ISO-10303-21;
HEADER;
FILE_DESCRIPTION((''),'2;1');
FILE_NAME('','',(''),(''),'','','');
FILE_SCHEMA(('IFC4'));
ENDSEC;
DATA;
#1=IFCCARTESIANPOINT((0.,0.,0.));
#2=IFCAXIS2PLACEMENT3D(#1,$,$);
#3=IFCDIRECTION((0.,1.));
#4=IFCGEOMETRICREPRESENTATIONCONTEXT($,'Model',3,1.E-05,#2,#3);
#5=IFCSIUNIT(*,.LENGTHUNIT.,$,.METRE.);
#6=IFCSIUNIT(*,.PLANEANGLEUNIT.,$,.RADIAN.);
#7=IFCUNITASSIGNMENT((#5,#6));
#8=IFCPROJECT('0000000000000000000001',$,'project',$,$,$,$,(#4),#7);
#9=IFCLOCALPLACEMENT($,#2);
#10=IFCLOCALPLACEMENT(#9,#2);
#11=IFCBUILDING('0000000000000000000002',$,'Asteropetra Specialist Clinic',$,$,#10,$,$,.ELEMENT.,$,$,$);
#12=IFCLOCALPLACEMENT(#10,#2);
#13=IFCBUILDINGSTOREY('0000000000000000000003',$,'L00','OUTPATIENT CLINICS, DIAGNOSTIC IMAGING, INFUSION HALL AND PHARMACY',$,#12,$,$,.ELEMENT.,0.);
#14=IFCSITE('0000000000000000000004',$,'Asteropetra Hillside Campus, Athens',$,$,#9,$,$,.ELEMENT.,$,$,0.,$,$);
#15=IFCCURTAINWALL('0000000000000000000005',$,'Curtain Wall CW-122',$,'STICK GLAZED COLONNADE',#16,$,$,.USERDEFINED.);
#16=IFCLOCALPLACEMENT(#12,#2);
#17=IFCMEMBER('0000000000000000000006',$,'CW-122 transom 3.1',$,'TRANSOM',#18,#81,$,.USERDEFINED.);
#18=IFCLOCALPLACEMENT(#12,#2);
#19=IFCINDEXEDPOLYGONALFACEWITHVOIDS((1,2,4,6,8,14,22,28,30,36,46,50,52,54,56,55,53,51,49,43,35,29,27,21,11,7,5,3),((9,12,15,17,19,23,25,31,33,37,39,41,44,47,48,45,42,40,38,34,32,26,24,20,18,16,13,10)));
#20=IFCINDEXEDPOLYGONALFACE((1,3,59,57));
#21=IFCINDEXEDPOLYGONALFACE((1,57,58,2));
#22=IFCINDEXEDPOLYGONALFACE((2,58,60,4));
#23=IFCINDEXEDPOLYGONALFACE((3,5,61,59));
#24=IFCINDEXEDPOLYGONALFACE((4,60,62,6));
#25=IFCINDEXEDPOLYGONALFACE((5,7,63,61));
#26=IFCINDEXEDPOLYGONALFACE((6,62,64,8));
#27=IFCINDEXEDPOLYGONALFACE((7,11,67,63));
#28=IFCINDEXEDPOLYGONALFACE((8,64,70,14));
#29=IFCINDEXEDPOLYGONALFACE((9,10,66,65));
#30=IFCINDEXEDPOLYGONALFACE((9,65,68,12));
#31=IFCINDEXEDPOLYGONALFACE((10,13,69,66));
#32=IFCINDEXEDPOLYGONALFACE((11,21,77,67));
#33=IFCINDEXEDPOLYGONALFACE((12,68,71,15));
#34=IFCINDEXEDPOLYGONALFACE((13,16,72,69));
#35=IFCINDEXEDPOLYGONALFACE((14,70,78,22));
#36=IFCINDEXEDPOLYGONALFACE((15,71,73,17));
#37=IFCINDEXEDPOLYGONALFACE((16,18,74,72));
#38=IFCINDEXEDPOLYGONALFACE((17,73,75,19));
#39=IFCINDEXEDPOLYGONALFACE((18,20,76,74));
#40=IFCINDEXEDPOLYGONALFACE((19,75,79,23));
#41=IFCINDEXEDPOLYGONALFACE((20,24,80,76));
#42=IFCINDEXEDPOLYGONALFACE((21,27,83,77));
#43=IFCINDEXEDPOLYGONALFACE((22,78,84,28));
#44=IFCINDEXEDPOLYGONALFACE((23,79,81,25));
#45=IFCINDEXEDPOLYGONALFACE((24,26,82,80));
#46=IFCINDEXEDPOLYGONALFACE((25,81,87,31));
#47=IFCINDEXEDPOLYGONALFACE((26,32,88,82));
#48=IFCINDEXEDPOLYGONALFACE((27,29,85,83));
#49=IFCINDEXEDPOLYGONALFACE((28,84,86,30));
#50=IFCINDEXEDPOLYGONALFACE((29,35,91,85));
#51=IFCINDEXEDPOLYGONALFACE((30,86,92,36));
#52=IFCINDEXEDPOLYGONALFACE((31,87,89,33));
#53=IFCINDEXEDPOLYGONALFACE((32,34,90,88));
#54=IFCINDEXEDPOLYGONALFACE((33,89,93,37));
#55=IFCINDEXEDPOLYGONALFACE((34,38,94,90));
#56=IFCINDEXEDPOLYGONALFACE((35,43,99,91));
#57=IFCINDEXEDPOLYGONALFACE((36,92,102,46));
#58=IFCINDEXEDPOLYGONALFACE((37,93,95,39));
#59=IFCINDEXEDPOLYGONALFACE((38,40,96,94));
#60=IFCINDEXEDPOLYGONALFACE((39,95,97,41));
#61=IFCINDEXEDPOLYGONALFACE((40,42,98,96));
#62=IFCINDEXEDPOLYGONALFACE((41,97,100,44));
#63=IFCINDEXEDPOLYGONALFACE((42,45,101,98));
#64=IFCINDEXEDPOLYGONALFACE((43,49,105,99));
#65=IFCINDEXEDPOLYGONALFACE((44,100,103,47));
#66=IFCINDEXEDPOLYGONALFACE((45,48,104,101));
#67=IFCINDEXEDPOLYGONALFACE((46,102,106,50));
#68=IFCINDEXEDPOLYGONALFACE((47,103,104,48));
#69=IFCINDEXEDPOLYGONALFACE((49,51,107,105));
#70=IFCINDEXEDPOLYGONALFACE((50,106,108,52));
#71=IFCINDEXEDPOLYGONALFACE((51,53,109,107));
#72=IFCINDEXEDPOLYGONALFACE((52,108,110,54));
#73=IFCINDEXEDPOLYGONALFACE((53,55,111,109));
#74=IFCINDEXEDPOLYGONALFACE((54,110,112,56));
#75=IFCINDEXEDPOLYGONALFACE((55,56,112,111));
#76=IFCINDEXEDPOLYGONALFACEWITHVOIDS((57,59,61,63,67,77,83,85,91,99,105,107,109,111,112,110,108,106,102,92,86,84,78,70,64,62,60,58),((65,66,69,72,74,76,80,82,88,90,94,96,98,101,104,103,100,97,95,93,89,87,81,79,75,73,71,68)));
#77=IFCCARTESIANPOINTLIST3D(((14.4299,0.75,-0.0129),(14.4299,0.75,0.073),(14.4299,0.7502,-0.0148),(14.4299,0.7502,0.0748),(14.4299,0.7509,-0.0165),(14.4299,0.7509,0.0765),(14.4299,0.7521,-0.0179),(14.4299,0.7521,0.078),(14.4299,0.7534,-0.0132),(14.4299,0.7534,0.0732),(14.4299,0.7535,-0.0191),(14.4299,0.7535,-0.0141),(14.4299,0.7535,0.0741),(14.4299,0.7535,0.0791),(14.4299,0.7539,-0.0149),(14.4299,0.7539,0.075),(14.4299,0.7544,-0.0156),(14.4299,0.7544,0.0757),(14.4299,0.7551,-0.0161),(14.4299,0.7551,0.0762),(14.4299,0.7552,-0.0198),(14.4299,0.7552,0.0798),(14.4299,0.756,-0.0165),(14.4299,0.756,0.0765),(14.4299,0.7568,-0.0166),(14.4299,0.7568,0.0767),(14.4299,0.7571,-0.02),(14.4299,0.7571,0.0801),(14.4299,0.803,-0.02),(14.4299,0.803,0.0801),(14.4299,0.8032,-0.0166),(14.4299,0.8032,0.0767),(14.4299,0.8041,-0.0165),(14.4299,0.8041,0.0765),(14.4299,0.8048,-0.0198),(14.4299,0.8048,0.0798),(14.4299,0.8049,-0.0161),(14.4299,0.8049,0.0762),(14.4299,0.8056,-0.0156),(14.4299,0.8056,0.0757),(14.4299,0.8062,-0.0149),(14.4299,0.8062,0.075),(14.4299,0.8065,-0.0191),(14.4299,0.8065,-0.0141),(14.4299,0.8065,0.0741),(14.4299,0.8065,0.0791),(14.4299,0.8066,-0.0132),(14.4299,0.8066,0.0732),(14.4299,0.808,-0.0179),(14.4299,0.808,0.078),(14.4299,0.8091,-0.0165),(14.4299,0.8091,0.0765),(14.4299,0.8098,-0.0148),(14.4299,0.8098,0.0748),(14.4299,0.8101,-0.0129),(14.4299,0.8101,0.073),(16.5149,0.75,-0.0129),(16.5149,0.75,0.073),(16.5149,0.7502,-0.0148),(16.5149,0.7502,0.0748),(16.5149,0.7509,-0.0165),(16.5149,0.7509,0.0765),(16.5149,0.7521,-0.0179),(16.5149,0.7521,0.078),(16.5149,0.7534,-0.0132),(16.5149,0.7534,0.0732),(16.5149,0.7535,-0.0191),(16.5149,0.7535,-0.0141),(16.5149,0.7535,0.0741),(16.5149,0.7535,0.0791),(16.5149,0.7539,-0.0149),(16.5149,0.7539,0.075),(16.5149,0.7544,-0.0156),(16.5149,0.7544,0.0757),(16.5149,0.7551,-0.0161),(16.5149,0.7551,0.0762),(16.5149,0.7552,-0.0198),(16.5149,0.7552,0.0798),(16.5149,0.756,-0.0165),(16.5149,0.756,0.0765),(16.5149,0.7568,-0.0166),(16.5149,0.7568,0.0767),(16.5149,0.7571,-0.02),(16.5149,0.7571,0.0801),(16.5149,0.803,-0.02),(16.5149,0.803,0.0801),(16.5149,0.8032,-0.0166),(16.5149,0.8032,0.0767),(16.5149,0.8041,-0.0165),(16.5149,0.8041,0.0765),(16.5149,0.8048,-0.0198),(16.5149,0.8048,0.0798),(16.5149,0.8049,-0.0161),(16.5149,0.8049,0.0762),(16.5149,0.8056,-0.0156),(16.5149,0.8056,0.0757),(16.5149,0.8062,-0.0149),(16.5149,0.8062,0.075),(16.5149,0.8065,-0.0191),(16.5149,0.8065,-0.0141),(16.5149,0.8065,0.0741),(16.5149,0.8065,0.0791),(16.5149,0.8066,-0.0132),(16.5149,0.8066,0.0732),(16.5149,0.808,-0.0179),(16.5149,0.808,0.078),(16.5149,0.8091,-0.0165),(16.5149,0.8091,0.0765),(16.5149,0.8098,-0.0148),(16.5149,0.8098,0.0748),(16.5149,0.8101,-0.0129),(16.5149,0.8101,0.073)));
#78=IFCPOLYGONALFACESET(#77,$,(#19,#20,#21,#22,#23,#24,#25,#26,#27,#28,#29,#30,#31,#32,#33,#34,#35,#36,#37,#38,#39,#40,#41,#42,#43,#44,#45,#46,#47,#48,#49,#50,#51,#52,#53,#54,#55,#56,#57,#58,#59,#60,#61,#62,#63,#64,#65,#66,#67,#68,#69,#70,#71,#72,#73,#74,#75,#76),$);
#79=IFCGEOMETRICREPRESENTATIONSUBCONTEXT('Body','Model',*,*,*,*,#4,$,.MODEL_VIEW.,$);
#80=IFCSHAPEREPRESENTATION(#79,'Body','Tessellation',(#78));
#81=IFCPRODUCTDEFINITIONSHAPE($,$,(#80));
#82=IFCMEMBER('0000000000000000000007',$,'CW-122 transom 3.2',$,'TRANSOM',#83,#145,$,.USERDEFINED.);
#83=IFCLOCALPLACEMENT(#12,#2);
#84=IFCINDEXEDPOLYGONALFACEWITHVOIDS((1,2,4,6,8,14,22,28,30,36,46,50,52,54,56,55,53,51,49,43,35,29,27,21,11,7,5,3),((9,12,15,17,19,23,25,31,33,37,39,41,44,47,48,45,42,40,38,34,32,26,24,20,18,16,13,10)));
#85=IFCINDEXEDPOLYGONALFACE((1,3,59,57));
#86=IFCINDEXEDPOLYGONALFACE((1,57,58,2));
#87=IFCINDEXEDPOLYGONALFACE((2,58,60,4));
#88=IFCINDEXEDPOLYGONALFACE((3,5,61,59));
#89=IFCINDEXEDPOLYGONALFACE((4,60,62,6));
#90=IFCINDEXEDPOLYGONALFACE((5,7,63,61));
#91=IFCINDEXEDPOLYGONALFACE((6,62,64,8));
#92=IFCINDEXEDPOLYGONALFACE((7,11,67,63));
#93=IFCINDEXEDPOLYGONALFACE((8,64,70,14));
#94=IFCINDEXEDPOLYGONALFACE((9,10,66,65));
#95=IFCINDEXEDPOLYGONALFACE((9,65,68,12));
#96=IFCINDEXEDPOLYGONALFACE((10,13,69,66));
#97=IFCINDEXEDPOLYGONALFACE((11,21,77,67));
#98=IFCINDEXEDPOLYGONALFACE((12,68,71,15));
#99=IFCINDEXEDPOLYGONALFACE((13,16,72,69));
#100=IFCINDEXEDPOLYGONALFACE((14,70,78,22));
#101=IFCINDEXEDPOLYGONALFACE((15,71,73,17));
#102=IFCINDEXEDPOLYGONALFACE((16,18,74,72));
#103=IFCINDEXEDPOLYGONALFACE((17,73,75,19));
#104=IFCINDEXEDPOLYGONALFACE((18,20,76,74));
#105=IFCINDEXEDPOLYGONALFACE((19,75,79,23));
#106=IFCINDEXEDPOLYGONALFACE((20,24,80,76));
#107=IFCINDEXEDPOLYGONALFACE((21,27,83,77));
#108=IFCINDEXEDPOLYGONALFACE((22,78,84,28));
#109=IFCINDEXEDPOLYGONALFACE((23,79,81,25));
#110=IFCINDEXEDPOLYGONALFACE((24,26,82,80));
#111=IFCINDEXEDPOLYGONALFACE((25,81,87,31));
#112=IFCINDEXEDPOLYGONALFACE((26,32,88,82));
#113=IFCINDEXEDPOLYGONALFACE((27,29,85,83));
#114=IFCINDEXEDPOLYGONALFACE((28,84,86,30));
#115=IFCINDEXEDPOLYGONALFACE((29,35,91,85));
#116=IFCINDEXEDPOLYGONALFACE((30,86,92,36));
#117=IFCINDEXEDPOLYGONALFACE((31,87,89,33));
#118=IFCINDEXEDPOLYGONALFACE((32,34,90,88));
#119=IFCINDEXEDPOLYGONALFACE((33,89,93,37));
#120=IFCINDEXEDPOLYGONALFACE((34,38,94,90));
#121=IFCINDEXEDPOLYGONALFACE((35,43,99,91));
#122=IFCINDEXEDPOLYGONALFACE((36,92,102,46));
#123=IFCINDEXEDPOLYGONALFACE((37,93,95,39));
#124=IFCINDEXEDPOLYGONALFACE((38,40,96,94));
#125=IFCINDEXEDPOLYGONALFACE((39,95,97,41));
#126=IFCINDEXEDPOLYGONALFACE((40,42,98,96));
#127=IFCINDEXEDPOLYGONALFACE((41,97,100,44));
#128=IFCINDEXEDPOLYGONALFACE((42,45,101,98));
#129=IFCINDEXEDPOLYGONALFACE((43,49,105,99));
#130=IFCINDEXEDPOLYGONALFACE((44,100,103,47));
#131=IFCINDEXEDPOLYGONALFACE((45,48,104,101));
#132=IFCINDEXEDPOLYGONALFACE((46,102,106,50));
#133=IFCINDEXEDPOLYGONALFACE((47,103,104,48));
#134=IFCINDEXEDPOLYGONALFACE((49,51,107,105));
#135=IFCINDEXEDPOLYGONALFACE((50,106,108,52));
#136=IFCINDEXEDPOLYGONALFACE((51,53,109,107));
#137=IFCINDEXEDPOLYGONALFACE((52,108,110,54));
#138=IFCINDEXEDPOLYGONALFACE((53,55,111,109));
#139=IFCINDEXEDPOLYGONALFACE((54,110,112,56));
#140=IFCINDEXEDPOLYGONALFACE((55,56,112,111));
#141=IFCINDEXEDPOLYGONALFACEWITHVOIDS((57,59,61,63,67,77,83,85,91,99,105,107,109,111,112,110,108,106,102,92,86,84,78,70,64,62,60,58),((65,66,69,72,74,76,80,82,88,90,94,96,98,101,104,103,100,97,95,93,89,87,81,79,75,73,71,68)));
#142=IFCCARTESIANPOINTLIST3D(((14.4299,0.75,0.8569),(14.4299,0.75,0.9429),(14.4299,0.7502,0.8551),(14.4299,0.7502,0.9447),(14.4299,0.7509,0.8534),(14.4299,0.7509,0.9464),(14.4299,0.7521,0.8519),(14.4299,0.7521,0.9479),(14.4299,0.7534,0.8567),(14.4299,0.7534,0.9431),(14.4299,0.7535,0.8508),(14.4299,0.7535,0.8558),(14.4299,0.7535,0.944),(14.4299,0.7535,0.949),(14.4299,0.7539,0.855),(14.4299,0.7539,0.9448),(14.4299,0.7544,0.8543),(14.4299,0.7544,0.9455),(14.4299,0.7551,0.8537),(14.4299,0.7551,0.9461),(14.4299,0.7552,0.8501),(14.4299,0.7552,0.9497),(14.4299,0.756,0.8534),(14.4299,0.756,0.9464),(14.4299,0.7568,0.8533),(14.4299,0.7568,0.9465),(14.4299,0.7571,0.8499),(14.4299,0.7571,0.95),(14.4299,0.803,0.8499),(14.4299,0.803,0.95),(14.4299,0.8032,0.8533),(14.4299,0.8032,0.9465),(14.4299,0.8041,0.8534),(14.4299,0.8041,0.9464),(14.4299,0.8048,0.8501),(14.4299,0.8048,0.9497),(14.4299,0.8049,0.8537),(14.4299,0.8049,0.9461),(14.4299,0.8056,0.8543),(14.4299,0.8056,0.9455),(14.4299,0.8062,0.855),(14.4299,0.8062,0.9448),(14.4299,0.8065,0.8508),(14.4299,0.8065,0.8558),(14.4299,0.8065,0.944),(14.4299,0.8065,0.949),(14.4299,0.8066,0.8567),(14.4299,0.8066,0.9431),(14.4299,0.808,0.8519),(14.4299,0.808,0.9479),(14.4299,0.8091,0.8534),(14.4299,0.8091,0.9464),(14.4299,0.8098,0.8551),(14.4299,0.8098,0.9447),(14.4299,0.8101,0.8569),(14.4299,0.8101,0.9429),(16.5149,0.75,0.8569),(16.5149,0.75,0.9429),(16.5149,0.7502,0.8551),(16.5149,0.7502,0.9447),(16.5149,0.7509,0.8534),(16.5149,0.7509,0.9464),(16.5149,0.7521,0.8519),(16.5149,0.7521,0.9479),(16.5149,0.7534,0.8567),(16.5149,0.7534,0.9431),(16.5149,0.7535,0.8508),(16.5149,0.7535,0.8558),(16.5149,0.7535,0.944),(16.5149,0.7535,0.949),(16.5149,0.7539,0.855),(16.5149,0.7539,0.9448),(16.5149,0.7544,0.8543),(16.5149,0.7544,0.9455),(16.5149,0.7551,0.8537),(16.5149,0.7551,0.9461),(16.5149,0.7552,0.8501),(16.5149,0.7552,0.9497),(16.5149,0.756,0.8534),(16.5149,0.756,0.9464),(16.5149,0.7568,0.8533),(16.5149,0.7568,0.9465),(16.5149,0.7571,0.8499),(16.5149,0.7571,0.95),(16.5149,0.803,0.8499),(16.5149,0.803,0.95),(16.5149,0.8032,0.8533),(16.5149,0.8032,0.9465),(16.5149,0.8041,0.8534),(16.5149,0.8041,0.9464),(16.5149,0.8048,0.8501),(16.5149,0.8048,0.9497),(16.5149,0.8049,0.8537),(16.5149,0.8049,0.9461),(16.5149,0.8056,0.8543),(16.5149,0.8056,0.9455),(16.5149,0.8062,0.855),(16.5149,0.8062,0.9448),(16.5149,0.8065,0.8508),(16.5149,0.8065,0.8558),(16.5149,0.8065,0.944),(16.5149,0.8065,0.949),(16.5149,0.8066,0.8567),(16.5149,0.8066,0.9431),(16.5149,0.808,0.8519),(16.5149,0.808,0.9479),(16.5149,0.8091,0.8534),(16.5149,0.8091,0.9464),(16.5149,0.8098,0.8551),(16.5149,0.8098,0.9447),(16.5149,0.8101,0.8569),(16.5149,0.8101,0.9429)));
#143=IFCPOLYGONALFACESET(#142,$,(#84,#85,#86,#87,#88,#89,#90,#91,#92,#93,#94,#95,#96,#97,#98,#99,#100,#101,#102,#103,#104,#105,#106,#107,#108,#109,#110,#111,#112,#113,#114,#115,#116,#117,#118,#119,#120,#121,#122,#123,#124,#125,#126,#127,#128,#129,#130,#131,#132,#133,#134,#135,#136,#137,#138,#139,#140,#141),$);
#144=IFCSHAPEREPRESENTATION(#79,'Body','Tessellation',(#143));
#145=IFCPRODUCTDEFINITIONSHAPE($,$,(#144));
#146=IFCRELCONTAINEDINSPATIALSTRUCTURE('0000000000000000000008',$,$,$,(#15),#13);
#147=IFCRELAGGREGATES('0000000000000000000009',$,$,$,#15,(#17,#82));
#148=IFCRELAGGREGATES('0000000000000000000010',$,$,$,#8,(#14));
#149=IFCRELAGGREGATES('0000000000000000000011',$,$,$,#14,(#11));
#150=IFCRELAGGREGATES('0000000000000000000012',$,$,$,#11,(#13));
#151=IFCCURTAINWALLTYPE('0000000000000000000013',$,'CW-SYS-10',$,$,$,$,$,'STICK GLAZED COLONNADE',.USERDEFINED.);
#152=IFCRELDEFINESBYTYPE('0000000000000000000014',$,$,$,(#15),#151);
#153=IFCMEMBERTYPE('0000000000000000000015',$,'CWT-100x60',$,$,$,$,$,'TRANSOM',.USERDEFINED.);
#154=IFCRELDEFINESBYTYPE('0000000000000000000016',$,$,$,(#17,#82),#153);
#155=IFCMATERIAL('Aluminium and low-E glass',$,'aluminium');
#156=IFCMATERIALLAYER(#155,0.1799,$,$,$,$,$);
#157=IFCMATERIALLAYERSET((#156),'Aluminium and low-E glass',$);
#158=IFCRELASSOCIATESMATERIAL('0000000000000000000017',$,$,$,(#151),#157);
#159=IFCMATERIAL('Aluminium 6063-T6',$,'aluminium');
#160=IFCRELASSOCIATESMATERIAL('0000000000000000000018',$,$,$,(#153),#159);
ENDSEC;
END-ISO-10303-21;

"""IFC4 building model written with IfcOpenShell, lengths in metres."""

from ifc_helpers import new_model, si_unit, direction, frame, origin, origin_2d, place, context, subcontext, project, spatial, hollow_rectangle, extrude, material, layer, layer_set, material_profile, profile_set, type_object, element, aggregate, save


model = new_model("IFC4")

# Units and contexts
model_context = context("Model", 3, precision=1e-05, world=origin(), true_north=direction((0.0, 1.0)))
body_context = subcontext(model_context, "Body", "Model", "MODEL_VIEW")
ifc_project = project(units=[si_unit("LENGTHUNIT", "METRE"), si_unit("PLANEANGLEUNIT", "RADIAN")], contexts=[model_context])

# Site, building, storey
site_placement = place(None, origin())
site = spatial("IfcSite", under=ifc_project, at=site_placement, Name="Asteropetra Hillside Campus, Athens", CompositionType="ELEMENT", RefElevation=0.0)
building_placement = place(site_placement, origin())
building = spatial("IfcBuilding", under=site, at=building_placement, Name="Asteropetra Specialist Clinic", CompositionType="ELEMENT")
storey_placement = place(building_placement, origin())
storey = spatial("IfcBuildingStorey", under=building, at=storey_placement, Name="L00", Description="OUTPATIENT CLINICS, DIAGNOSTIC IMAGING, INFUSION HALL AND PHARMACY", CompositionType="ELEMENT", Elevation=0.0)

# Curtain wall, members
ifc_material_1 = material(Name="Aluminium and low-E glass", Category="aluminium")
ifc_layer_1 = layer(ifc_material_1, 0.1799)
ifc_layer_set_1 = layer_set([ifc_layer_1], Name="Aluminium and low-E glass")
curtain_wall_type = type_object("IfcCurtainWallType", Name="CW-SYS-10", ElementType="STICK GLAZED COLONNADE", PredefinedType="USERDEFINED", material=ifc_layer_set_1)
curtain_wall_placement = place(storey_placement, origin())
curtain_wall = element("IfcCurtainWall", 1, at=curtain_wall_placement, inside=storey, type_object=curtain_wall_type, Name="Curtain Wall CW-122", ObjectType="STICK GLAZED COLONNADE", PredefinedType="USERDEFINED")
ifc_material_2 = material(Name="Aluminium 6063-T6", Category="aluminium")
ifc_material_profile_1 = material_profile(ifc_material_2, hollow_rectangle(XDim=0.0601, YDim=0.1001, WallThickness=0.0034, InnerFilletRadius=0.0034, OuterFilletRadius=0.0071, at=origin_2d()), Name="TRN 100x60x3.5")
ifc_profile_set_1 = profile_set([ifc_material_profile_1], Name="Aluminium 6063-T6")
member_type_1 = type_object("IfcMemberType", Name="CWT-100x60", ElementType="TRANSOM", PredefinedType="USERDEFINED", material=ifc_profile_set_1)
member_1_placement = place(storey_placement, frame((14.4299, 0.78, 0.03), z_axis=(1.0, 0.0, 0.0), x_axis=(0.0, 1.0, 0.0)))
member_1 = element("IfcMember", 2, at=member_1_placement, type_object=member_type_1, Name="CW-122 transom 3.1", ObjectType="TRANSOM", PredefinedType="USERDEFINED", context=body_context, shape_type="SweptSolid", body=[
    extrude(hollow_rectangle(XDim=0.0601, YDim=0.1001, WallThickness=0.0034, InnerFilletRadius=0.0034, OuterFilletRadius=0.0071, at=origin_2d()), origin(), (0.0, 0.0, 1.0), 2.085),
])
member_2_placement = place(storey_placement, frame((14.4299, 0.78, 0.8999), z_axis=(1.0, 0.0, 0.0), x_axis=(0.0, 1.0, 0.0)))
member_2 = element("IfcMember", 3, at=member_2_placement, type_object=member_type_1, Name="CW-122 transom 3.2", ObjectType="TRANSOM", PredefinedType="USERDEFINED", context=body_context, shape_type="SweptSolid", body=[
    extrude(hollow_rectangle(XDim=0.0601, YDim=0.1001, WallThickness=0.0034, InnerFilletRadius=0.0034, OuterFilletRadius=0.0071, at=origin_2d()), origin(), (0.0, 0.0, 1.0), 2.085),
])

aggregate(curtain_wall, [member_1, member_2])

save(model, "model.ifc")
